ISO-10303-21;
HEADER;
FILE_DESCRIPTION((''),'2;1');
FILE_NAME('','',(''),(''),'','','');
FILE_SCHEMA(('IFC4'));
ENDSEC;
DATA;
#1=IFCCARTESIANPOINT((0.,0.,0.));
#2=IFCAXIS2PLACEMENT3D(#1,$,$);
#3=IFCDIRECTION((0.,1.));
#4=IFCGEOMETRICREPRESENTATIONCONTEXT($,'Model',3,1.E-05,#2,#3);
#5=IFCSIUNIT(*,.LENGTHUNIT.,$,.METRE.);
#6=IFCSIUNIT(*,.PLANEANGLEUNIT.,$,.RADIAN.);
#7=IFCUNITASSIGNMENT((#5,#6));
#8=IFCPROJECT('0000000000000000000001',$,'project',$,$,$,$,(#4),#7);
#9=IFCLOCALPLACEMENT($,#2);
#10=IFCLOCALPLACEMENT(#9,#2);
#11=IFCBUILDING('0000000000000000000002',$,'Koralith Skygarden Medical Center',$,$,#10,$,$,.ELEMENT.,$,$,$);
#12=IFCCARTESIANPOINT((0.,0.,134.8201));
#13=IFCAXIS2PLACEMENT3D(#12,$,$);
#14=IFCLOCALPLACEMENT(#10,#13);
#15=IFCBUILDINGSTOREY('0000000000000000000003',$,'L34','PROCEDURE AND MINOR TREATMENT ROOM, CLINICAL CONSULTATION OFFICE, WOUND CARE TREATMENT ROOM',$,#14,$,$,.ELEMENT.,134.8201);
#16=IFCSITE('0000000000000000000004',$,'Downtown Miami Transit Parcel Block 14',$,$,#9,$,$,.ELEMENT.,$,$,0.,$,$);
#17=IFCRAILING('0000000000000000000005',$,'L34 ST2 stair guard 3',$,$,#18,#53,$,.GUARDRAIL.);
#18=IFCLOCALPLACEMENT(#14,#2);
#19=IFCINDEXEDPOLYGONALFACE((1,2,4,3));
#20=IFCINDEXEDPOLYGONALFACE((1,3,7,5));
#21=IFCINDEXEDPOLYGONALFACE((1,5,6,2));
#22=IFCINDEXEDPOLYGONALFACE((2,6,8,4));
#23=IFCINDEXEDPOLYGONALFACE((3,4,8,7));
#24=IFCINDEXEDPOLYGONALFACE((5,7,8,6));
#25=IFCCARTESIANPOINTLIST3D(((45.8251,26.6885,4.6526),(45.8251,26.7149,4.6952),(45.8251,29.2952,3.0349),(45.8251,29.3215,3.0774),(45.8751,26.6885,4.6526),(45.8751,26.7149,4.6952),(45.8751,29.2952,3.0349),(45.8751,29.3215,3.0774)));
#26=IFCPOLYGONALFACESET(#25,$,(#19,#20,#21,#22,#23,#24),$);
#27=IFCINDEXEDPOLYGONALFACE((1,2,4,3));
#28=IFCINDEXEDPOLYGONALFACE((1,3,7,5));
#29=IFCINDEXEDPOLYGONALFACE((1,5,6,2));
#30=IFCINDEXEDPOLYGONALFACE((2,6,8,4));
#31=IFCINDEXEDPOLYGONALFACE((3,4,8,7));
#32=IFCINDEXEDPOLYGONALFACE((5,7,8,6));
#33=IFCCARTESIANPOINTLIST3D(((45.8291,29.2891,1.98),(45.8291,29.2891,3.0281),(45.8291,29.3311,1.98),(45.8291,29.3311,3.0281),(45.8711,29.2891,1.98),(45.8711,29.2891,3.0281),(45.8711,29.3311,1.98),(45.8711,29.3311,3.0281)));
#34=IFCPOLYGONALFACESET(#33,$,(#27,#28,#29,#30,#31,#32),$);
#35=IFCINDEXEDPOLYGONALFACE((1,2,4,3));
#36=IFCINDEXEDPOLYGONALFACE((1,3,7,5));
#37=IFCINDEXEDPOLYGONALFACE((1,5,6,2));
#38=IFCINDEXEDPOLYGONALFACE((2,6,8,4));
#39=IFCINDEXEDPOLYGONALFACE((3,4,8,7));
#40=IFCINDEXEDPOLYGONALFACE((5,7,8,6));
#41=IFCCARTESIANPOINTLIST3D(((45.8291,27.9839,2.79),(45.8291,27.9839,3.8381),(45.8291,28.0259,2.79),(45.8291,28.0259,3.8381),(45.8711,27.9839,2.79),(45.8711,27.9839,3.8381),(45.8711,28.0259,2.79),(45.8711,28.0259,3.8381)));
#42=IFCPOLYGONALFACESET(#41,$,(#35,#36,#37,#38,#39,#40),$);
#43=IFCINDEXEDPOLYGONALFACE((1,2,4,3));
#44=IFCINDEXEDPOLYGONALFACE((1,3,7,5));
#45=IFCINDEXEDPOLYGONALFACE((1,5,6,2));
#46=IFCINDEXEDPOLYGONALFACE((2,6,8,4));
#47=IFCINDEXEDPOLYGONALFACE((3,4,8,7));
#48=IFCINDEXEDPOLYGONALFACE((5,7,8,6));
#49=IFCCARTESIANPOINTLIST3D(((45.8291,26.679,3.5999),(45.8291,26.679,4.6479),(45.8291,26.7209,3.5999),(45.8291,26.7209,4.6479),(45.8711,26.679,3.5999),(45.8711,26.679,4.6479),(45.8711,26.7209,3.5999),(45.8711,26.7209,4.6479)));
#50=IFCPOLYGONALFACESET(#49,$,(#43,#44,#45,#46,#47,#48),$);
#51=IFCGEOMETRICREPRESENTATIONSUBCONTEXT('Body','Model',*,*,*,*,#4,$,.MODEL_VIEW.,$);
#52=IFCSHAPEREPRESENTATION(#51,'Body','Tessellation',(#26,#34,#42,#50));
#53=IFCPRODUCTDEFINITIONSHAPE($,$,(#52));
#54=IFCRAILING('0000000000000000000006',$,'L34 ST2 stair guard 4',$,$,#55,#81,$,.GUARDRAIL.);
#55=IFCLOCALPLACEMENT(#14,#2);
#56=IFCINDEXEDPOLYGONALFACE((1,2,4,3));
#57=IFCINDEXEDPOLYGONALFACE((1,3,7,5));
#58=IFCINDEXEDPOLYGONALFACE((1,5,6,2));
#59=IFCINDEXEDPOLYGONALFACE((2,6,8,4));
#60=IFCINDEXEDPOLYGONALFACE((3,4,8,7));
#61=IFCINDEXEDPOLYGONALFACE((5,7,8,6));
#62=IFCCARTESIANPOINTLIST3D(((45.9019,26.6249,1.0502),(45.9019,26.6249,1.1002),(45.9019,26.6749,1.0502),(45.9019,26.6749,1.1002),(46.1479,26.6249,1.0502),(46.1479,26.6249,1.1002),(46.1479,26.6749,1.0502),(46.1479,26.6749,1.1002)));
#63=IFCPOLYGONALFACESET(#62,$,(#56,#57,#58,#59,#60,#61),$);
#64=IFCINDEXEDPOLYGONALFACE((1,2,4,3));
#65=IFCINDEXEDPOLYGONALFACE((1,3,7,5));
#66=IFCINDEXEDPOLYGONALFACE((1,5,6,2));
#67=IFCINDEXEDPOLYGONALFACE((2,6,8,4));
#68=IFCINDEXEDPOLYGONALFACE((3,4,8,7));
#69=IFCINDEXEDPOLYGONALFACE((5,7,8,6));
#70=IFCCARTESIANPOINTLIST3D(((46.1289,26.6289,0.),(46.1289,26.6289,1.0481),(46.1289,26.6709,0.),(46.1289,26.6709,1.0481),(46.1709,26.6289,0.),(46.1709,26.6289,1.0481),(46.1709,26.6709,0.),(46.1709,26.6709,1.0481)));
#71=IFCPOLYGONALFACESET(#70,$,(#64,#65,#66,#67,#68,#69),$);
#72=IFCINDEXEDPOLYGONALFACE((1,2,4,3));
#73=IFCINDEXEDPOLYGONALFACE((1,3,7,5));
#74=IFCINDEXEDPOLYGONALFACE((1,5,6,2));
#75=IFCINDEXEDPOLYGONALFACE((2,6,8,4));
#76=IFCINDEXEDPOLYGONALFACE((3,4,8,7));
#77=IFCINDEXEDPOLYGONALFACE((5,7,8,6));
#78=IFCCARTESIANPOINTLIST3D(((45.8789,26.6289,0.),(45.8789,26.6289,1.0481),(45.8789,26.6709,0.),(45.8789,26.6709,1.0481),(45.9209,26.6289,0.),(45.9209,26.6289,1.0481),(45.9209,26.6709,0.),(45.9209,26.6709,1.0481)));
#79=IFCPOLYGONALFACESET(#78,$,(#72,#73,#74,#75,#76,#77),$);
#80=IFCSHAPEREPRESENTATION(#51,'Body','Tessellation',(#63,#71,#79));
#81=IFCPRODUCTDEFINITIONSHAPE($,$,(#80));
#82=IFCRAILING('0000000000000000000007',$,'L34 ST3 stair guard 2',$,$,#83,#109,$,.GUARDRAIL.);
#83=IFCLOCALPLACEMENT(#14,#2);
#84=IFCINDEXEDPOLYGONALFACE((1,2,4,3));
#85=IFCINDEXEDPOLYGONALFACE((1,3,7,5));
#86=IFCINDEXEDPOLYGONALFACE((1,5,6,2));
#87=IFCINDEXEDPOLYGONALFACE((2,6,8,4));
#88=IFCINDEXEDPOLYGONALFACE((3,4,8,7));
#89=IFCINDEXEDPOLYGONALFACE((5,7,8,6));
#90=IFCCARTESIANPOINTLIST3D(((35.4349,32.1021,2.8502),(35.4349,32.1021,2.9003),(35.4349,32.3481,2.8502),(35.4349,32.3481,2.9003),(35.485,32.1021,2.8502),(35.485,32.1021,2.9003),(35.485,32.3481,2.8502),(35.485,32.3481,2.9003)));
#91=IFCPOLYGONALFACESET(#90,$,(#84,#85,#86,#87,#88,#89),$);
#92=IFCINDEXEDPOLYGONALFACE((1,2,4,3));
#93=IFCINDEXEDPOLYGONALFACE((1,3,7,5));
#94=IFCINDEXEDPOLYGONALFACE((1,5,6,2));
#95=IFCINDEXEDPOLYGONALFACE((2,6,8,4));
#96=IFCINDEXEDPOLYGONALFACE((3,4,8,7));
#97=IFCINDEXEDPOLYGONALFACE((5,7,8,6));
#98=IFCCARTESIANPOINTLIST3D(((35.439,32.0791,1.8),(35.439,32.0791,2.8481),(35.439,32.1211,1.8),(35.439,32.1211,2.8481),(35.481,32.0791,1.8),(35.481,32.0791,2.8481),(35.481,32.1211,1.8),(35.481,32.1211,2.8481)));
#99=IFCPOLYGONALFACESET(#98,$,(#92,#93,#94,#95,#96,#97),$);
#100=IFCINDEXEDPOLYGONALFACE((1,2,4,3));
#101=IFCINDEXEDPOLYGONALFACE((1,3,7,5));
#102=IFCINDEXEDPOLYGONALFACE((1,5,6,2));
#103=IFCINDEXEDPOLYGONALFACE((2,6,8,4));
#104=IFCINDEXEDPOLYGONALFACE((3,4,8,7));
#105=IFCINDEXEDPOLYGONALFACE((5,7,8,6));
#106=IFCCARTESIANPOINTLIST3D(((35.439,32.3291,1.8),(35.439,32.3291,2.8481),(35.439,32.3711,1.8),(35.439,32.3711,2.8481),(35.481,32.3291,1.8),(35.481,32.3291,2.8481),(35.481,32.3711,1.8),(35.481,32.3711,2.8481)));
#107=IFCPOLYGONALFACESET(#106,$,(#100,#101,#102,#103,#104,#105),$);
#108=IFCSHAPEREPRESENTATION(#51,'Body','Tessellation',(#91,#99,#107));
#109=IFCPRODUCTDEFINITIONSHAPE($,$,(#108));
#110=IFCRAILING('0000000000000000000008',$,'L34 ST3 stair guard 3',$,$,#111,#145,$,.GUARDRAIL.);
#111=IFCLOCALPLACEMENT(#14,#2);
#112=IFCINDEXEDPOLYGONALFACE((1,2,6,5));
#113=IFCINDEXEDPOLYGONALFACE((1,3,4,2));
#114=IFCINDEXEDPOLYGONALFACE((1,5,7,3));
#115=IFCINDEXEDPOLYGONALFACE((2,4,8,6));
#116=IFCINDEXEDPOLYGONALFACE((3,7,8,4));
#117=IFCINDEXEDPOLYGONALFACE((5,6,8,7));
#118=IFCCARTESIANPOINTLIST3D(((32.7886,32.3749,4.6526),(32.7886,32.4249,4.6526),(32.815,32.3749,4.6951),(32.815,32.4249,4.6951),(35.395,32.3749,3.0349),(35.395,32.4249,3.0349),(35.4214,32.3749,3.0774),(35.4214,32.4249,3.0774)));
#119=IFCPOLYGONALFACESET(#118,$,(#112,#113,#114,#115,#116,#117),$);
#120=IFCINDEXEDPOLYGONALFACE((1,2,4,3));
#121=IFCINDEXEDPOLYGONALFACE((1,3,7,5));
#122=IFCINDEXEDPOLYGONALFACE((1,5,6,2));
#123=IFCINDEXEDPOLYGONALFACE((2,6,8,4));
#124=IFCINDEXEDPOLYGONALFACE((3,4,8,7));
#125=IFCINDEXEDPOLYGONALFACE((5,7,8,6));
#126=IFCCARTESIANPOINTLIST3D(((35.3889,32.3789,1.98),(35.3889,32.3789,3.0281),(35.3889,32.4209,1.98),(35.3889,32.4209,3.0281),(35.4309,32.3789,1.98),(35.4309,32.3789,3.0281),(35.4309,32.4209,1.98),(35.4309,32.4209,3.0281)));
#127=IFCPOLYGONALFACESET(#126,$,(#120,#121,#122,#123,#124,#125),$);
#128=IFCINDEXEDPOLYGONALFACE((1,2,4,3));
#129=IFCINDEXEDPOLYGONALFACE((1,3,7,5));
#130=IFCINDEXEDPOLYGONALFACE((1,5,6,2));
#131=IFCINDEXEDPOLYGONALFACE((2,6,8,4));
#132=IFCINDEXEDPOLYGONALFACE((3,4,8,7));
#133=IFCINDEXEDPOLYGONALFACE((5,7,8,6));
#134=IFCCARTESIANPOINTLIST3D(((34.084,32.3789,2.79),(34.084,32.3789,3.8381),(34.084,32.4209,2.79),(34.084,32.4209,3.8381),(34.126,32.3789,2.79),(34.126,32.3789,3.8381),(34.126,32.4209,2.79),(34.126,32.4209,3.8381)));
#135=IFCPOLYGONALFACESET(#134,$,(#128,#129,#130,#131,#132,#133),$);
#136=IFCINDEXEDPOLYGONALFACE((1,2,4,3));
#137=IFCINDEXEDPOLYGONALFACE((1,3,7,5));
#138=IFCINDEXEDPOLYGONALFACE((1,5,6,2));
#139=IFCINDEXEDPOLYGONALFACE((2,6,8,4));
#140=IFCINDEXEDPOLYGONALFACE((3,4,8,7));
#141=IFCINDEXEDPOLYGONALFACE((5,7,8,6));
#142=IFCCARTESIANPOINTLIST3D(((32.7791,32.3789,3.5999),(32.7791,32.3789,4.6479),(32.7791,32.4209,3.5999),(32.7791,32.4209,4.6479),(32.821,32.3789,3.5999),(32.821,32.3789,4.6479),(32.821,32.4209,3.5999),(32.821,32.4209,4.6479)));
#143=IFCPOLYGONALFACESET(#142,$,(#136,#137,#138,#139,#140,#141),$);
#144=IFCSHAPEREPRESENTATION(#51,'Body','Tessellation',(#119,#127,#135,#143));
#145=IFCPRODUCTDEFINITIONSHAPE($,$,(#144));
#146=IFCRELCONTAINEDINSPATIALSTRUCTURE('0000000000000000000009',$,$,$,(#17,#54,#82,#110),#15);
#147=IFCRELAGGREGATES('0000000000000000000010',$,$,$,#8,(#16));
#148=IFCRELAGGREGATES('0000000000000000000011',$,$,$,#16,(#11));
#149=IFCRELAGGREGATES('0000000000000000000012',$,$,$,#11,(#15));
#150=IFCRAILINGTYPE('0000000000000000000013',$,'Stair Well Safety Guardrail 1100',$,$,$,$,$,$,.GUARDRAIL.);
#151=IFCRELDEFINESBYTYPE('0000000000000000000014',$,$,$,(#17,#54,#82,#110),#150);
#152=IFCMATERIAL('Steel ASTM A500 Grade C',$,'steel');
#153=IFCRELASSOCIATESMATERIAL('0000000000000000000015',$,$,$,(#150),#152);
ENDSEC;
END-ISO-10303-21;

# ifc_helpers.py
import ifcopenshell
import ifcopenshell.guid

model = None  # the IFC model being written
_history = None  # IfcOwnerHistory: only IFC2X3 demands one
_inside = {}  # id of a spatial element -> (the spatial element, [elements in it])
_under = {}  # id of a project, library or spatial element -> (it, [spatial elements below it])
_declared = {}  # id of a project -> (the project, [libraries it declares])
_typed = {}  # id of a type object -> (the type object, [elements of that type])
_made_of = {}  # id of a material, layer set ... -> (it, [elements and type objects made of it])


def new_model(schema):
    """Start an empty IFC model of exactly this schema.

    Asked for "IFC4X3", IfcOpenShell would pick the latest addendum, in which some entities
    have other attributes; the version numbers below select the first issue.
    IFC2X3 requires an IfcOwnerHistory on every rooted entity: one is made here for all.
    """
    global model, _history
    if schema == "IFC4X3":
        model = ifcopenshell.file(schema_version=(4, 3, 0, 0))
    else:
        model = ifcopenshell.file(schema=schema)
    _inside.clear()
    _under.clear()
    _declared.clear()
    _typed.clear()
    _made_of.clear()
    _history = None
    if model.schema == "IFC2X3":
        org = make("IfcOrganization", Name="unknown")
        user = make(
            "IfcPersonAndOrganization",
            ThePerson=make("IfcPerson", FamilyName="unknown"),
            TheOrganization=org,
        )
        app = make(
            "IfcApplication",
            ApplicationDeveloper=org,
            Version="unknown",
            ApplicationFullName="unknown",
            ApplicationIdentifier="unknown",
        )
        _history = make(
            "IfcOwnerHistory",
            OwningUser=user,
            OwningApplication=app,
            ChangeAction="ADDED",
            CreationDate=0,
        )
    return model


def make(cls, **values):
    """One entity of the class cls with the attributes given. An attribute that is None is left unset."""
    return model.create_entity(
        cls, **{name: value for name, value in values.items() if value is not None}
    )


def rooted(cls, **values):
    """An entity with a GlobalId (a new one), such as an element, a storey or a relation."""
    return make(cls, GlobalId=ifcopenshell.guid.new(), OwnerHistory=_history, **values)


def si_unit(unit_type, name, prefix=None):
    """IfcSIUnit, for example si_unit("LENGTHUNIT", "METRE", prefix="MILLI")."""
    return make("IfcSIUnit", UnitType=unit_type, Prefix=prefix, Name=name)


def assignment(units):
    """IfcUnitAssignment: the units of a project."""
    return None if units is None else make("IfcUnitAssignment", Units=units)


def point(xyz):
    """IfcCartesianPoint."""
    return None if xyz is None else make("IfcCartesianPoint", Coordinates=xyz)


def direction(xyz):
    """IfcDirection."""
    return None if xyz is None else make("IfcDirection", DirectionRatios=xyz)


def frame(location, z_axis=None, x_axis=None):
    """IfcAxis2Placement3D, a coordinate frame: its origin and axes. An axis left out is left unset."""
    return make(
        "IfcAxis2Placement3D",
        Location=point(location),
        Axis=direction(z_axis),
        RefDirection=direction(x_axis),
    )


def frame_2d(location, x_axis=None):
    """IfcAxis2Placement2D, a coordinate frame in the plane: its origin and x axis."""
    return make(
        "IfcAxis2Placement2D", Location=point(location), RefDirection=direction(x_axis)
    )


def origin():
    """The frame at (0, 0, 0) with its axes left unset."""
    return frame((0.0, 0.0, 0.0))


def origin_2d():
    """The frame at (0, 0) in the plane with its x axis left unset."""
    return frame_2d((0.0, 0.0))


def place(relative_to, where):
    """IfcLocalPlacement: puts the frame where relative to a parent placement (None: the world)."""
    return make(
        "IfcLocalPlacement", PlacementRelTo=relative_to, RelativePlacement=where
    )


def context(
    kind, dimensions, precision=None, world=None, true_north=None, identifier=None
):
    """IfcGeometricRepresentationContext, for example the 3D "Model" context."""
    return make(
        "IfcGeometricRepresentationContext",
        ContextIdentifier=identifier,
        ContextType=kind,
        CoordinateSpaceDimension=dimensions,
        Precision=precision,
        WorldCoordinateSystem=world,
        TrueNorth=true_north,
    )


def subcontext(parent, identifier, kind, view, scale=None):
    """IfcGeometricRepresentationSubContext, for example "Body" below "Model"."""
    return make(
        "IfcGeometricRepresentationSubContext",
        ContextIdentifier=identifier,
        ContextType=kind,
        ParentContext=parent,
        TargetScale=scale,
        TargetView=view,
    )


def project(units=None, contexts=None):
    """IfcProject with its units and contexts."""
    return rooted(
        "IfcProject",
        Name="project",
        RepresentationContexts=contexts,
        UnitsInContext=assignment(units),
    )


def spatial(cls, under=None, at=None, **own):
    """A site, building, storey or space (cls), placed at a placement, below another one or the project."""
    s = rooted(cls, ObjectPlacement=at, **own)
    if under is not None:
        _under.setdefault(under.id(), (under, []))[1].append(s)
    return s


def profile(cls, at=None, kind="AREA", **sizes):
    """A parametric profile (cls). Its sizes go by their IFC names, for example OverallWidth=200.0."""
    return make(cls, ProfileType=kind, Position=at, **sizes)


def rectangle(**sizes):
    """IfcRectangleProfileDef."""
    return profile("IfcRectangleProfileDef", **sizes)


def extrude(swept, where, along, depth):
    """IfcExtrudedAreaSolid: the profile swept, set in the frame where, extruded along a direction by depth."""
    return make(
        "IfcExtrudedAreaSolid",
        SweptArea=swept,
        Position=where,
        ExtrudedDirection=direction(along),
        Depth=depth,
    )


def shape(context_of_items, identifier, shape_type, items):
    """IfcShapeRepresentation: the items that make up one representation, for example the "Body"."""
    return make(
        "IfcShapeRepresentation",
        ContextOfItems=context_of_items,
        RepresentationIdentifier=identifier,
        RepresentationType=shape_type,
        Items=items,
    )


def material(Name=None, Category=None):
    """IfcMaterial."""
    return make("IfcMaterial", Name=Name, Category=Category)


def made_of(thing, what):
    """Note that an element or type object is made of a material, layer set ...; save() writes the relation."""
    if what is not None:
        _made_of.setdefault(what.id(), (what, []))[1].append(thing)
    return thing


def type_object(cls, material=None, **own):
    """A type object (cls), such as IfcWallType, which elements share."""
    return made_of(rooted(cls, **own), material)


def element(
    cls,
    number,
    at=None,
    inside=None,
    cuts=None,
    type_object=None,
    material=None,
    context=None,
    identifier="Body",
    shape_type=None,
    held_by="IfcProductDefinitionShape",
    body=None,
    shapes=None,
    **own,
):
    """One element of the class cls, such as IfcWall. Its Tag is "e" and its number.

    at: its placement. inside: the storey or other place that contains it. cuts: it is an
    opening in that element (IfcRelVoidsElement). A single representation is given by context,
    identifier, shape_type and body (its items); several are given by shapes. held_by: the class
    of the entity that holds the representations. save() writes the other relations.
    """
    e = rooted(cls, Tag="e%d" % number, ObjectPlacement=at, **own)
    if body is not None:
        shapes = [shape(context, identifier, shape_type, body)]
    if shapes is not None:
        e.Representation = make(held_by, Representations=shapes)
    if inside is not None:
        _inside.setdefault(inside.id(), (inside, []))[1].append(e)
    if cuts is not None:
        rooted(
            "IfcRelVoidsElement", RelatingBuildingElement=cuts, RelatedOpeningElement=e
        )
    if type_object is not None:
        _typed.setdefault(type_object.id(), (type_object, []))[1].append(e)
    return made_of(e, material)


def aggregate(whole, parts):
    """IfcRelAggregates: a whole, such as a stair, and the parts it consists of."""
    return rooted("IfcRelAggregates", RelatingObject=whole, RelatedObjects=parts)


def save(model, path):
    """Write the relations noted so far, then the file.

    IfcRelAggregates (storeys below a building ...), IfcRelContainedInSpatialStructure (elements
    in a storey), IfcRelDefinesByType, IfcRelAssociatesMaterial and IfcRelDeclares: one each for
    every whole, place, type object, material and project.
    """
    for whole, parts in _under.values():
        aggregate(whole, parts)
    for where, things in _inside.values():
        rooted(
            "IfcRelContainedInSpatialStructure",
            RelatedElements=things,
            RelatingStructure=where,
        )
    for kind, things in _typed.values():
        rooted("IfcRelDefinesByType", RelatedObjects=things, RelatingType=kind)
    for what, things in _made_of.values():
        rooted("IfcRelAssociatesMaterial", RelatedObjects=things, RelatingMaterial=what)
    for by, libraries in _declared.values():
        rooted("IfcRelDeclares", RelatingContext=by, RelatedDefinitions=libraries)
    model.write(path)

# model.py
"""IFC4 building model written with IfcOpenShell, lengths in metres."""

from ifc_helpers import new_model, si_unit, direction, frame, origin, origin_2d, place, context, subcontext, project, spatial, rectangle, extrude, material, type_object, element, save


model = new_model("IFC4")

# Units and contexts
model_context = context("Model", 3, precision=1e-05, world=origin(), true_north=direction((0.0, 1.0)))
body_context = subcontext(model_context, "Body", "Model", "MODEL_VIEW")
ifc_project = project(units=[si_unit("LENGTHUNIT", "METRE"), si_unit("PLANEANGLEUNIT", "RADIAN")], contexts=[model_context])

# Site, building, storey
site_placement = place(None, origin())
site = spatial("IfcSite", under=ifc_project, at=site_placement, Name="Downtown Miami Transit Parcel Block 14", CompositionType="ELEMENT", RefElevation=0.0)
building_placement = place(site_placement, origin())
building = spatial("IfcBuilding", under=site, at=building_placement, Name="Koralith Skygarden Medical Center", CompositionType="ELEMENT")
storey_placement = place(building_placement, frame((0.0, 0.0, 134.8201)))
storey = spatial("IfcBuildingStorey", under=building, at=storey_placement, Name="L34", Description="PROCEDURE AND MINOR TREATMENT ROOM, CLINICAL CONSULTATION OFFICE, WOUND CARE TREATMENT ROOM", CompositionType="ELEMENT", Elevation=134.8201)

# Shared definitions
ifc_material_1 = material(Name="Steel ASTM A500 Grade C", Category="steel")

# Railings
railing_type_1 = type_object("IfcRailingType", Name="Stair Well Safety Guardrail 1100", PredefinedType="GUARDRAIL", material=ifc_material_1)
railing_1_placement = place(storey_placement, frame((45.8501, 29.3101, 1.98)))
element("IfcRailing", 1, at=railing_1_placement, inside=storey, type_object=railing_type_1, Name="L34 ST2 stair guard 3", PredefinedType="GUARDRAIL", context=body_context, shape_type="SweptSolid", body=[
    extrude(rectangle(XDim=0.05, YDim=0.05, at=origin_2d()), frame((0.0, -0.0017, 1.0762), z_axis=(0.0, -0.849668, 0.527317), x_axis=(1.0, 0.0, 0.0)), (0.0, 0.0, 1.0), 3.0679),
    extrude(rectangle(XDim=0.042, YDim=0.042, at=origin_2d()), origin(), (0.0, 0.0, 1.0), 1.0481),
    extrude(rectangle(XDim=0.042, YDim=0.042, at=origin_2d()), frame((0.0, -1.3052, 0.8101)), (0.0, 0.0, 1.0), 1.0481),
    extrude(rectangle(XDim=0.042, YDim=0.042, at=origin_2d()), frame((0.0, -2.6101, 1.6199)), (0.0, 0.0, 1.0), 1.0481),
])
railing_2_placement = place(storey_placement, frame((46.1499, 26.6499, 0.0)))
element("IfcRailing", 2, at=railing_2_placement, inside=storey, type_object=railing_type_1, Name="L34 ST2 stair guard 4", PredefinedType="GUARDRAIL", context=body_context, shape_type="SweptSolid", body=[
    extrude(rectangle(XDim=0.05, YDim=0.05, at=origin_2d()), frame((-0.002, 0.0, 1.0752), z_axis=(-1.0, 0.0, 0.0), x_axis=(0.0, -1.0, 0.0)), (0.0, 0.0, 1.0), 0.2461),
    extrude(rectangle(XDim=0.042, YDim=0.042, at=origin_2d()), origin(), (0.0, 0.0, 1.0), 1.0481),
    extrude(rectangle(XDim=0.042, YDim=0.042, at=origin_2d()), frame((-0.25, 0.0, 0.0)), (0.0, 0.0, 1.0), 1.0481),
])
railing_3_placement = place(storey_placement, frame((35.46, 32.1001, 1.8)))
element("IfcRailing", 3, at=railing_3_placement, inside=storey, type_object=railing_type_1, Name="L34 ST3 stair guard 2", PredefinedType="GUARDRAIL", context=body_context, shape_type="SweptSolid", body=[
    extrude(rectangle(XDim=0.05, YDim=0.05, at=origin_2d()), frame((0.0, 0.002, 1.0752), z_axis=(0.0, 1.0, 0.0), x_axis=(-1.0, 0.0, 0.0)), (0.0, 0.0, 1.0), 0.2461),
    extrude(rectangle(XDim=0.042, YDim=0.042, at=origin_2d()), origin(), (0.0, 0.0, 1.0), 1.0481),
    extrude(rectangle(XDim=0.042, YDim=0.042, at=origin_2d()), frame((0.0, 0.25, 0.0)), (0.0, 0.0, 1.0), 1.0481),
])
railing_4_placement = place(storey_placement, frame((35.4099, 32.3999, 1.98)))
element("IfcRailing", 4, at=railing_4_placement, inside=storey, type_object=railing_type_1, Name="L34 ST3 stair guard 3", PredefinedType="GUARDRAIL", context=body_context, shape_type="SweptSolid", body=[
    extrude(rectangle(XDim=0.05, YDim=0.05, at=origin_2d()), frame((-0.0017, 0.0, 1.0762), z_axis=(-0.849646, 0.0, 0.527353), x_axis=(0.0, -1.0, 0.0)), (0.0, 0.0, 1.0), 3.0676),
    extrude(rectangle(XDim=0.042, YDim=0.042, at=origin_2d()), origin(), (0.0, 0.0, 1.0), 1.0481),
    extrude(rectangle(XDim=0.042, YDim=0.042, at=origin_2d()), frame((-1.3049, 0.0, 0.8101)), (0.0, 0.0, 1.0), 1.0481),
    extrude(rectangle(XDim=0.042, YDim=0.042, at=origin_2d()), frame((-2.6099, 0.0, 1.6199)), (0.0, 0.0, 1.0), 1.0481),
])

save(model, "model.ifc")
